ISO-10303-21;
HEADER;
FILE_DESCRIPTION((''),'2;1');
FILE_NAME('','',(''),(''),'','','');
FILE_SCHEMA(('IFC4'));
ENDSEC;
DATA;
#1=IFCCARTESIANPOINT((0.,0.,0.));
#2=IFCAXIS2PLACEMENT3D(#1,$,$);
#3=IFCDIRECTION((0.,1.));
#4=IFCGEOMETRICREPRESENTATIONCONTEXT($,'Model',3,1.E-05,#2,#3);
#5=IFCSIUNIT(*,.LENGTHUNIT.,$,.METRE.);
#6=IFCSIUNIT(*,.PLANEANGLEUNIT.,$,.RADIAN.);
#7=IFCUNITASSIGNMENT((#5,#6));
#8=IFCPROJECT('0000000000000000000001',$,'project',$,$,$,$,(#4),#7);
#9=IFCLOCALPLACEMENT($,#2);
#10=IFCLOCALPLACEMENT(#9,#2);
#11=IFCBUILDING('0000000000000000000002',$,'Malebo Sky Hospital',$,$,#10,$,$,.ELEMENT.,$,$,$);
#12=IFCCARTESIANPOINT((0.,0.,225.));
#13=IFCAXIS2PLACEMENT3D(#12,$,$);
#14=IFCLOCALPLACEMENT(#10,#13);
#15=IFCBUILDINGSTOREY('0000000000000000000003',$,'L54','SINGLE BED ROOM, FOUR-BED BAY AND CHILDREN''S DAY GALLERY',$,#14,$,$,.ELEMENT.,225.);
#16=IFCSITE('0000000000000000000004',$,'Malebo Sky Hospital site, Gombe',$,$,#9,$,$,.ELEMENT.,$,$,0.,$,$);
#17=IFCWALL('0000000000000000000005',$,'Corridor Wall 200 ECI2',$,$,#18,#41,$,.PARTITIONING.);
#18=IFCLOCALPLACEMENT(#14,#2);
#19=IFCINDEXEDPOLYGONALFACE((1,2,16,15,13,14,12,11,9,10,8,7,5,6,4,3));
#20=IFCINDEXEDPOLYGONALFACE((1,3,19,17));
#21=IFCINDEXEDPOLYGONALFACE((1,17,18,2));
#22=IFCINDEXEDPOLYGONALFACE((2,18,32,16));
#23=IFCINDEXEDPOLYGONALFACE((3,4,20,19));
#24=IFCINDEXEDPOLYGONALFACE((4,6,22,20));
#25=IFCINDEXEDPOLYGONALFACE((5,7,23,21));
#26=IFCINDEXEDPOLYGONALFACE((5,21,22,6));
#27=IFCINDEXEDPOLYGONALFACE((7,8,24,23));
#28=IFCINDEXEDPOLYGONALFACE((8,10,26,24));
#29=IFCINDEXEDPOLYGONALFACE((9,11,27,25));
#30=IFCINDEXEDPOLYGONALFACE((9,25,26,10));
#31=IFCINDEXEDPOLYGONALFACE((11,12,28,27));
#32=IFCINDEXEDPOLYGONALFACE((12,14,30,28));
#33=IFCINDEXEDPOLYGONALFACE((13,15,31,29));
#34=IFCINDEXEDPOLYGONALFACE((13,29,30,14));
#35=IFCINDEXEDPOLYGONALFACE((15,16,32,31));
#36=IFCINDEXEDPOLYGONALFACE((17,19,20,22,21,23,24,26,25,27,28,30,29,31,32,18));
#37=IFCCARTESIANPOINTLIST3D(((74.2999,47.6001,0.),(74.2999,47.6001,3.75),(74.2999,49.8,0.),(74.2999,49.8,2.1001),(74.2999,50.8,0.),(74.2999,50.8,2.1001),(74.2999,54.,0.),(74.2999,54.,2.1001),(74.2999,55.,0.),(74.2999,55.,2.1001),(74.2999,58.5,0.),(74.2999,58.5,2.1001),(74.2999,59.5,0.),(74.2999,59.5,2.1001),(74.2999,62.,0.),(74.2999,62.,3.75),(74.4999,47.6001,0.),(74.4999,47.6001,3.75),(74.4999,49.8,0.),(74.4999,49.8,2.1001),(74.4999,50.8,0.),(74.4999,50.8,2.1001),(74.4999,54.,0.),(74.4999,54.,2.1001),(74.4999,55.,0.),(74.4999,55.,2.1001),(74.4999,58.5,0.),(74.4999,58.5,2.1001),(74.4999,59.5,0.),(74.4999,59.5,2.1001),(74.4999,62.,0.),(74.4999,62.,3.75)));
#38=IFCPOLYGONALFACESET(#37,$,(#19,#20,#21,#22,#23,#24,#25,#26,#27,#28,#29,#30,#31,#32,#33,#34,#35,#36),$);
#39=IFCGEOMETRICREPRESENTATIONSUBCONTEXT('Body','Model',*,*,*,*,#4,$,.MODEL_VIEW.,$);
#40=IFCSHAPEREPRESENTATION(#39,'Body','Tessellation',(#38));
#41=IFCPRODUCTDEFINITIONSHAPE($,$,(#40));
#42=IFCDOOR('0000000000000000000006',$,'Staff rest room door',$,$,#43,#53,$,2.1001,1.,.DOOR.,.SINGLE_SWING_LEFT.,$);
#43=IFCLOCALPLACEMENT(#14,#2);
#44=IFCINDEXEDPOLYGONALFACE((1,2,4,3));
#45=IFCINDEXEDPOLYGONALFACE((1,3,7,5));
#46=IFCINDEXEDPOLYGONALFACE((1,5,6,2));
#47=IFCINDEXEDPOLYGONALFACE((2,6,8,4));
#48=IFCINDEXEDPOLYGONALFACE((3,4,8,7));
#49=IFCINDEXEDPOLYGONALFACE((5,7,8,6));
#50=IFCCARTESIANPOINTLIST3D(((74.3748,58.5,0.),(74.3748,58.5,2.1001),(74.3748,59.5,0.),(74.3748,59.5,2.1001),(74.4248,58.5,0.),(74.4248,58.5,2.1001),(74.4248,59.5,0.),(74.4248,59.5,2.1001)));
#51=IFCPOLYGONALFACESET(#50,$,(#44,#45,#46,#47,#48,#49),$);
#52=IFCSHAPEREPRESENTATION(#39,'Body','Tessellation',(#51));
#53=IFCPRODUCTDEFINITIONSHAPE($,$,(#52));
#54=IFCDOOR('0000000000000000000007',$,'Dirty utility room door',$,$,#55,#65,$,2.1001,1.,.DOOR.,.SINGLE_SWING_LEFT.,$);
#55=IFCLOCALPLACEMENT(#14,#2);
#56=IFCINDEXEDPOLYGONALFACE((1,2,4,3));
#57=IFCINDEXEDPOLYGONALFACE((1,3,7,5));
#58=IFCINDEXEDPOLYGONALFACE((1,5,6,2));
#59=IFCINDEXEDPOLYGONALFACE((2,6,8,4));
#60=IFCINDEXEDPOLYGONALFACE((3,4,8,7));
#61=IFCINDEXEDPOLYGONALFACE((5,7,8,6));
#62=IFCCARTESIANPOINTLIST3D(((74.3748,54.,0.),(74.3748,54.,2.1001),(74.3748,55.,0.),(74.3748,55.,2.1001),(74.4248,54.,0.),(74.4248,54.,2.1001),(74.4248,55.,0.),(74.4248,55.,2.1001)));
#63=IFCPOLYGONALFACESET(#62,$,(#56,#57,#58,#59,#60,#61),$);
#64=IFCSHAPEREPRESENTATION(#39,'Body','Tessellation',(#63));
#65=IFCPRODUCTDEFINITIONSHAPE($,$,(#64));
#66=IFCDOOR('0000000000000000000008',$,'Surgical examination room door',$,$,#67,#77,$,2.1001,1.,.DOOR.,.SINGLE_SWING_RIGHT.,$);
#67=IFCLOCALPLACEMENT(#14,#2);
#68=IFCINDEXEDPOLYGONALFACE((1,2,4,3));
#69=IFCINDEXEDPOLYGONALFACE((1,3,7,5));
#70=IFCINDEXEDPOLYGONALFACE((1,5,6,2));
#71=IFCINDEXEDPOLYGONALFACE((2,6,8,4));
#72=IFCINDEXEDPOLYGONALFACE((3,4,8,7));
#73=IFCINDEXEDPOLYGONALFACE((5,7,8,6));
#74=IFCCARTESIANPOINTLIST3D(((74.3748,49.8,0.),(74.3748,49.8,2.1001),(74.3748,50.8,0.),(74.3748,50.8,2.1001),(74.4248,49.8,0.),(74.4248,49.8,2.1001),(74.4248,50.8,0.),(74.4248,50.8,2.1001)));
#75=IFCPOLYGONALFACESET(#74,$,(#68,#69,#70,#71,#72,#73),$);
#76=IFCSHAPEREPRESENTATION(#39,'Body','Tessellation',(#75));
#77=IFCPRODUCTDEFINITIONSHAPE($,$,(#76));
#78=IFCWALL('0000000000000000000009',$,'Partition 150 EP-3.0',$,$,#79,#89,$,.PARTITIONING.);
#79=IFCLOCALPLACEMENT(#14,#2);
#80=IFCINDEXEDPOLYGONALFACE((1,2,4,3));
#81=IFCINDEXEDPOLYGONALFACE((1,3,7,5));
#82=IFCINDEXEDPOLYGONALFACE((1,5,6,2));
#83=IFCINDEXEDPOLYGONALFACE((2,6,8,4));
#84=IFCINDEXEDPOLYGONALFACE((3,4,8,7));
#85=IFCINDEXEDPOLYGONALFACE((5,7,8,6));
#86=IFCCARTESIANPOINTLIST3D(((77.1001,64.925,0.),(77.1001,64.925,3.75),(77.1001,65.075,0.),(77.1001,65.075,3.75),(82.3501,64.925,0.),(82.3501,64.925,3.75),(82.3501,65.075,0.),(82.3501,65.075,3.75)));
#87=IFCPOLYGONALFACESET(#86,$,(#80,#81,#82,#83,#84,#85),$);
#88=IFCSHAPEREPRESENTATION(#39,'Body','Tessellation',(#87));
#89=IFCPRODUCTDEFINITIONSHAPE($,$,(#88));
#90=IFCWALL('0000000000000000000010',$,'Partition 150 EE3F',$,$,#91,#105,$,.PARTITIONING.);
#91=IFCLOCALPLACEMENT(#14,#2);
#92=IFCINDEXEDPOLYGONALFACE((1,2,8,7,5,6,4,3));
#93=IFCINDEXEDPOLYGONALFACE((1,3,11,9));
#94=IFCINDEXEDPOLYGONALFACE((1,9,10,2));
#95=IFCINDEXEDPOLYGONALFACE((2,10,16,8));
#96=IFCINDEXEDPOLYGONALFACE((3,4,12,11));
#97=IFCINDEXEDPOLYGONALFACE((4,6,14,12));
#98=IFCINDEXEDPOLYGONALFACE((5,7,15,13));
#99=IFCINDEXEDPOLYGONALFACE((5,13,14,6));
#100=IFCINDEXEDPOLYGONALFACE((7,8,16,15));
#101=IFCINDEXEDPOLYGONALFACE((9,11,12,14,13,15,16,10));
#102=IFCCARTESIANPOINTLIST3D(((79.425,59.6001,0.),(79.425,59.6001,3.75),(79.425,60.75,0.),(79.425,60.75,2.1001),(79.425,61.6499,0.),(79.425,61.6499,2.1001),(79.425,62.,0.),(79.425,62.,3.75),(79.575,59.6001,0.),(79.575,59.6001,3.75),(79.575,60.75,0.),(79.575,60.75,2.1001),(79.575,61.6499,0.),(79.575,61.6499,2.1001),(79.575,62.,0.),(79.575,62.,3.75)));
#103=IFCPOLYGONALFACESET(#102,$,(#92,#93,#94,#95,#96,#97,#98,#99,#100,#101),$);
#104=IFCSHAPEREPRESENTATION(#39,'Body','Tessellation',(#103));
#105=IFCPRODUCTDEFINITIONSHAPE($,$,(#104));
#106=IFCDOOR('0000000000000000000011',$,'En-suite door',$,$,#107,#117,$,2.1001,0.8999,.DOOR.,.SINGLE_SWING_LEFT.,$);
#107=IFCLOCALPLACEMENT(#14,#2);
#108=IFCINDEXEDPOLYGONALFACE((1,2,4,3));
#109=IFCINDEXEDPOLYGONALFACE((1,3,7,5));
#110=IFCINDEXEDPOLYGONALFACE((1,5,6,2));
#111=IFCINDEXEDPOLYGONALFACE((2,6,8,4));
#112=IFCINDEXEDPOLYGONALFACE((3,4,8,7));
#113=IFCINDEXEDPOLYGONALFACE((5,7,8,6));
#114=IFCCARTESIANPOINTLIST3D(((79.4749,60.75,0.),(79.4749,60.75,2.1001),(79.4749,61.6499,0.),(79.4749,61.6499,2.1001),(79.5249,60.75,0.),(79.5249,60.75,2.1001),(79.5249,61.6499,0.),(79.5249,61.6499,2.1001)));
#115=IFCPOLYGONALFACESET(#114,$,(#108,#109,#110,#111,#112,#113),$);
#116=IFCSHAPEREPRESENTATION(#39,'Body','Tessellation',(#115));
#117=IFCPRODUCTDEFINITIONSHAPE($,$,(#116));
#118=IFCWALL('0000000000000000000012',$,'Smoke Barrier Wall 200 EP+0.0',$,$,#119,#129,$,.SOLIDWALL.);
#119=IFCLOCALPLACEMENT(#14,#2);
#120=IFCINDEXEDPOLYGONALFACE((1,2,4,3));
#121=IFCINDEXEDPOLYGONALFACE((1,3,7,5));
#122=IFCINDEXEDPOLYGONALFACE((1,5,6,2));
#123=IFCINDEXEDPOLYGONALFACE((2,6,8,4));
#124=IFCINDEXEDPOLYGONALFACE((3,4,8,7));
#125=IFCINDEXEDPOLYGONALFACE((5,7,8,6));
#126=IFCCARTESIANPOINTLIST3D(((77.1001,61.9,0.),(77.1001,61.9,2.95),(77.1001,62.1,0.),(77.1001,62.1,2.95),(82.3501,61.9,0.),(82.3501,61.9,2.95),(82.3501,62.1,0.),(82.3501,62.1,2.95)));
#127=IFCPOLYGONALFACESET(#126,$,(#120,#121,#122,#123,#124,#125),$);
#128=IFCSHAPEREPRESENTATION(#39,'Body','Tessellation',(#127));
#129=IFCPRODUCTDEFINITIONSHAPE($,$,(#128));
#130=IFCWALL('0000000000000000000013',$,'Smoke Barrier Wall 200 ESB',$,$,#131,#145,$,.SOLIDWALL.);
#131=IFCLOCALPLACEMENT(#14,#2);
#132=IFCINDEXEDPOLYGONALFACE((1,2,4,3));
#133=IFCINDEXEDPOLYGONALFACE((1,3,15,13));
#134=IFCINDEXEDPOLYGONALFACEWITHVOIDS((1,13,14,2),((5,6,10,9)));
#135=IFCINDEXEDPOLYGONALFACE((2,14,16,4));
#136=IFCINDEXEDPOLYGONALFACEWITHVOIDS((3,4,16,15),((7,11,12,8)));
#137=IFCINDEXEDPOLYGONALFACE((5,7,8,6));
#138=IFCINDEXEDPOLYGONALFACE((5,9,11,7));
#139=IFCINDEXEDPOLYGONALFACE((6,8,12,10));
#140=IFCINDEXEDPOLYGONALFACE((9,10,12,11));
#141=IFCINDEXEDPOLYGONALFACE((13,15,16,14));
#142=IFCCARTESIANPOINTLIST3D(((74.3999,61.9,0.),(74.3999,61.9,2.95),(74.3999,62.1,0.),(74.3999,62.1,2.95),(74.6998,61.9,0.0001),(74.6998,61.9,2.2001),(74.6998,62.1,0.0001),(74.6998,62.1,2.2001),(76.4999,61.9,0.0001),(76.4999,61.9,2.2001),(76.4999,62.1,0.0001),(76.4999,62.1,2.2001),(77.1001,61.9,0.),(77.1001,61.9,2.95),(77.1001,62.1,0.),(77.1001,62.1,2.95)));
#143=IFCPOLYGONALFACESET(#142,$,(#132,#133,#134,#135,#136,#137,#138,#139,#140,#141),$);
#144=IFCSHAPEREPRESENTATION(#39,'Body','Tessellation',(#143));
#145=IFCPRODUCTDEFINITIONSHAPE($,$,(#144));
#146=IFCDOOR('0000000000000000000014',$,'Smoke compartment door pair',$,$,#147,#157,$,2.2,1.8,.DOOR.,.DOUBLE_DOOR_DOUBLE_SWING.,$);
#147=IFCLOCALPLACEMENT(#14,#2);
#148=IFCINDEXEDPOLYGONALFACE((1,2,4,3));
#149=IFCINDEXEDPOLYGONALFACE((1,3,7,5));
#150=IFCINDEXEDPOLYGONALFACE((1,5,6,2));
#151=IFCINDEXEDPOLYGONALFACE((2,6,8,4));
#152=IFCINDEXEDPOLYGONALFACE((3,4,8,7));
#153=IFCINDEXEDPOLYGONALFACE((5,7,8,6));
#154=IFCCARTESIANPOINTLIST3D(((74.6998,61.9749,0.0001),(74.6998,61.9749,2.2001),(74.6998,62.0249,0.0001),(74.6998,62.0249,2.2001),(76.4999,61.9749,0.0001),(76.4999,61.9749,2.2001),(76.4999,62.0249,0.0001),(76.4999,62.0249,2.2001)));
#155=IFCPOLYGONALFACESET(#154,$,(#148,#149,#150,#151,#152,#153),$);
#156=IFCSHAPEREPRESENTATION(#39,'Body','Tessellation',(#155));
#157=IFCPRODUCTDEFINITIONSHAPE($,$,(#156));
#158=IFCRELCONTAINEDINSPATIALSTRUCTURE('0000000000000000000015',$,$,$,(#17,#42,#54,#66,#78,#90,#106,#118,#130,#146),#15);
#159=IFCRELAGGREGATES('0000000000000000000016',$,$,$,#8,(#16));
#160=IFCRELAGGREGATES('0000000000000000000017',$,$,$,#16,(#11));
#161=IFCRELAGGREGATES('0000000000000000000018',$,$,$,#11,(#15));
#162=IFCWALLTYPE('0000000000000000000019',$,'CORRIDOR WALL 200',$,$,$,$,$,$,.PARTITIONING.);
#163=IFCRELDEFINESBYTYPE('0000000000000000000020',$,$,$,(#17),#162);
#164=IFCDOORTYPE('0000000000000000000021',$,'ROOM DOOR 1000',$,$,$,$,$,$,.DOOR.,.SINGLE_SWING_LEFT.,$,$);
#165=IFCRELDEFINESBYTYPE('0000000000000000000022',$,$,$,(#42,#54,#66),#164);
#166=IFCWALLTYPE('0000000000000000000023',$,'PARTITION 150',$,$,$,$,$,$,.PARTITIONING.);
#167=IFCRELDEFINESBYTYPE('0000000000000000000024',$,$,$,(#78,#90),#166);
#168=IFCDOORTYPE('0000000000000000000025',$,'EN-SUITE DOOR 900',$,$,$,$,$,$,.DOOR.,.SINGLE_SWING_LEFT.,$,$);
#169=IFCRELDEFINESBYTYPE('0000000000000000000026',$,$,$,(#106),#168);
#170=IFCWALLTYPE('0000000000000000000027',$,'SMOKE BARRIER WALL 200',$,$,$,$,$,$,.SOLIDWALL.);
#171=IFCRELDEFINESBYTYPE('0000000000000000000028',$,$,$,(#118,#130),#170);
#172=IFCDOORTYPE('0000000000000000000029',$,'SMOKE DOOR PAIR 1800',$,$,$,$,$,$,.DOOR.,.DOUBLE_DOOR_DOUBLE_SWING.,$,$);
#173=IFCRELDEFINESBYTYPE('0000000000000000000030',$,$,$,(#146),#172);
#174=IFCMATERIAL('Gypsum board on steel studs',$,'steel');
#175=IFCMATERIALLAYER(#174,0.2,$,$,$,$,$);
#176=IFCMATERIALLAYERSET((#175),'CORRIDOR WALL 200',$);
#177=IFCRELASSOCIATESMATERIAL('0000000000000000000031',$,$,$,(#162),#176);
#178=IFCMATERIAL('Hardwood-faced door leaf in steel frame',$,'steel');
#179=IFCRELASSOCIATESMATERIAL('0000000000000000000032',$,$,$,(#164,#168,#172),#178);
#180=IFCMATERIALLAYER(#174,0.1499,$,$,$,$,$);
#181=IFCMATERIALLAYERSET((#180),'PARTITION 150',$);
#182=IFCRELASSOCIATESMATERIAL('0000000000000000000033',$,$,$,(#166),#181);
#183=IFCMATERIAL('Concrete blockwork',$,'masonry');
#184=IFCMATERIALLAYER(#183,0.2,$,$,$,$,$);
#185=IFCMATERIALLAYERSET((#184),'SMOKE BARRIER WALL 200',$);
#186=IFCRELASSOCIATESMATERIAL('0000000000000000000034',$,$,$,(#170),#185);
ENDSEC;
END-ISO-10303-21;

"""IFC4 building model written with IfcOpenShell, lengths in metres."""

from ifc_helpers import new_model, si_unit, direction, frame, frame_2d, origin, place, context, subcontext, project, spatial, rectangle, extrude, material, layer, layer_set, type_object, element, fill, save


model = new_model("IFC4")

# Units and contexts
model_context = context("Model", 3, precision=1e-05, world=origin(), true_north=direction((0.0, 1.0)))
body_context = subcontext(model_context, "Body", "Model", "MODEL_VIEW")
ifc_project = project(units=[si_unit("LENGTHUNIT", "METRE"), si_unit("PLANEANGLEUNIT", "RADIAN")], contexts=[model_context])

# Site, building, storey
site_placement = place(None, origin())
site = spatial("IfcSite", under=ifc_project, at=site_placement, Name="Malebo Sky Hospital site, Gombe", CompositionType="ELEMENT", RefElevation=0.0)
building_placement = place(site_placement, origin())
building = spatial("IfcBuilding", under=site, at=building_placement, Name="Malebo Sky Hospital", CompositionType="ELEMENT")
storey_placement = place(building_placement, frame((0.0, 0.0, 225.0)))
storey = spatial("IfcBuildingStorey", under=building, at=storey_placement, Name="L54", Description="SINGLE BED ROOM, FOUR-BED BAY AND CHILDREN'S DAY GALLERY", CompositionType="ELEMENT", Elevation=225.0)

# Wall, openings, doors
ifc_material_1 = material(Name="Gypsum board on steel studs", Category="steel")
ifc_layer_1 = layer(ifc_material_1, 0.2)
ifc_layer_set_1 = layer_set([ifc_layer_1], Name="CORRIDOR WALL 200")
wall_type_1 = type_object("IfcWallType", Name="CORRIDOR WALL 200", PredefinedType="PARTITIONING", material=ifc_layer_set_1)
wall_1_placement = place(storey_placement, frame((74.3999, 62.0, 0.0), z_axis=(0.0, 0.0, 1.0), x_axis=(0.0, -1.0, 0.0)))
wall_1 = element("IfcWall", 1, at=wall_1_placement, inside=storey, type_object=wall_type_1, Name="Corridor Wall 200 ECI2", PredefinedType="PARTITIONING", context=body_context, shape_type="SweptSolid", body=[
    extrude(rectangle(XDim=14.3999, YDim=0.2, at=frame_2d((7.2, 0.0))), origin(), (0.0, 0.0, 1.0), 3.75),
])
opening_1_placement = place(wall_1_placement, frame((2.5, 0.0, 0.0)))
opening_1 = element("IfcOpeningElement", 2, at=opening_1_placement, cuts=wall_1, PredefinedType="OPENING", context=body_context, shape_type="SweptSolid", body=[
    extrude(rectangle(XDim=1.0, YDim=2.1001, at=frame_2d((0.5, 1.05))), frame((0.0, 0.1099, 0.0), z_axis=(0.0, -1.0, 0.0), x_axis=(1.0, 0.0, 0.0)), (0.0, 0.0, 1.0), 0.22),
])
opening_2_placement = place(wall_1_placement, frame((7.0, 0.0, 0.0)))
opening_2 = element("IfcOpeningElement", 3, at=opening_2_placement, cuts=wall_1, PredefinedType="OPENING", context=body_context, shape_type="SweptSolid", body=[
    extrude(rectangle(XDim=1.0, YDim=2.1001, at=frame_2d((0.5, 1.05))), frame((0.0, 0.1099, 0.0), z_axis=(0.0, -1.0, 0.0), x_axis=(1.0, 0.0, 0.0)), (0.0, 0.0, 1.0), 0.22),
])
opening_3_placement = place(wall_1_placement, frame((11.2, 0.0, 0.0)))
opening_3 = element("IfcOpeningElement", 4, at=opening_3_placement, cuts=wall_1, PredefinedType="OPENING", context=body_context, shape_type="SweptSolid", body=[
    extrude(rectangle(XDim=1.0, YDim=2.1001, at=frame_2d((0.5, 1.05))), frame((0.0, 0.1099, 0.0), z_axis=(0.0, -1.0, 0.0), x_axis=(1.0, 0.0, 0.0)), (0.0, 0.0, 1.0), 0.22),
])
ifc_material_2 = material(Name="Hardwood-faced door leaf in steel frame", Category="steel")
door_type_1 = type_object("IfcDoorType", Name="ROOM DOOR 1000", OperationType="SINGLE_SWING_LEFT", PredefinedType="DOOR", material=ifc_material_2)
door_1_placement = place(opening_1_placement, origin())
door_1 = element("IfcDoor", 5, at=door_1_placement, inside=storey, type_object=door_type_1, Name="Staff rest room door", OperationType="SINGLE_SWING_LEFT", OverallHeight=2.1001, OverallWidth=1.0, PredefinedType="DOOR", context=body_context, shape_type="SweptSolid", body=[
    extrude(rectangle(XDim=1.0, YDim=2.1001, at=frame_2d((0.5, 1.05))), frame((0.0, 0.0249, 0.0), z_axis=(0.0, -1.0, 0.0), x_axis=(1.0, 0.0, 0.0)), (0.0, 0.0, 1.0), 0.05),
])
fill(opening_1, door_1)
door_2_placement = place(opening_2_placement, origin())
door_2 = element("IfcDoor", 6, at=door_2_placement, inside=storey, type_object=door_type_1, Name="Dirty utility room door", OperationType="SINGLE_SWING_LEFT", OverallHeight=2.1001, OverallWidth=1.0, PredefinedType="DOOR", context=body_context, shape_type="SweptSolid", body=[
    extrude(rectangle(XDim=1.0, YDim=2.1001, at=frame_2d((0.5, 1.05))), frame((0.0, 0.0249, 0.0), z_axis=(0.0, -1.0, 0.0), x_axis=(1.0, 0.0, 0.0)), (0.0, 0.0, 1.0), 0.05),
])
fill(opening_2, door_2)
door_3_placement = place(opening_3_placement, origin())
door_3 = element("IfcDoor", 7, at=door_3_placement, inside=storey, type_object=door_type_1, Name="Surgical examination room door", OperationType="SINGLE_SWING_RIGHT", OverallHeight=2.1001, OverallWidth=1.0, PredefinedType="DOOR", context=body_context, shape_type="SweptSolid", body=[
    extrude(rectangle(XDim=1.0, YDim=2.1001, at=frame_2d((0.5, 1.05))), frame((0.0, 0.0249, 0.0), z_axis=(0.0, -1.0, 0.0), x_axis=(1.0, 0.0, 0.0)), (0.0, 0.0, 1.0), 0.05),
])
fill(opening_3, door_3)

# Wall
ifc_layer_2 = layer(ifc_material_1, 0.1499)
ifc_layer_set_2 = layer_set([ifc_layer_2], Name="PARTITION 150")
wall_type_2 = type_object("IfcWallType", Name="PARTITION 150", PredefinedType="PARTITIONING", material=ifc_layer_set_2)
wall_2_placement = place(storey_placement, frame((77.1001, 65.0, 0.0), z_axis=(0.0, 0.0, 1.0), x_axis=(1.0, 0.0, 0.0)))
element("IfcWall", 8, at=wall_2_placement, inside=storey, type_object=wall_type_2, Name="Partition 150 EP-3.0", PredefinedType="PARTITIONING", context=body_context, shape_type="SweptSolid", body=[
    extrude(rectangle(XDim=5.25, YDim=0.1499, at=frame_2d((2.625, 0.0))), origin(), (0.0, 0.0, 1.0), 3.75),
])

# Wall, opening, door
wall_3_placement = place(storey_placement, frame((79.5, 62.0, 0.0), z_axis=(0.0, 0.0, 1.0), x_axis=(0.0, -1.0, 0.0)))
wall_3 = element("IfcWall", 9, at=wall_3_placement, inside=storey, type_object=wall_type_2, Name="Partition 150 EE3F", PredefinedType="PARTITIONING", context=body_context, shape_type="SweptSolid", body=[
    extrude(rectangle(XDim=2.3999, YDim=0.1499, at=frame_2d((1.2, 0.0))), origin(), (0.0, 0.0, 1.0), 3.75),
])
opening_4_placement = place(wall_3_placement, frame((0.3501, 0.0, 0.0)))
opening_4 = element("IfcOpeningElement", 10, at=opening_4_placement, cuts=wall_3, PredefinedType="OPENING", context=body_context, shape_type="SweptSolid", body=[
    extrude(rectangle(XDim=0.8999, YDim=2.1001, at=frame_2d((0.45, 1.05))), frame((0.0, 0.085, 0.0), z_axis=(0.0, -1.0, 0.0), x_axis=(1.0, 0.0, 0.0)), (0.0, 0.0, 1.0), 0.1699),
])
door_type_2 = type_object("IfcDoorType", Name="EN-SUITE DOOR 900", OperationType="SINGLE_SWING_LEFT", PredefinedType="DOOR", material=ifc_material_2)
door_4_placement = place(opening_4_placement, origin())
door_4 = element("IfcDoor", 11, at=door_4_placement, inside=storey, type_object=door_type_2, Name="En-suite door", OperationType="SINGLE_SWING_LEFT", OverallHeight=2.1001, OverallWidth=0.8999, PredefinedType="DOOR", context=body_context, shape_type="SweptSolid", body=[
    extrude(rectangle(XDim=0.8999, YDim=2.1001, at=frame_2d((0.45, 1.05))), frame((0.0, 0.0249, 0.0), z_axis=(0.0, -1.0, 0.0), x_axis=(1.0, 0.0, 0.0)), (0.0, 0.0, 1.0), 0.05),
])
fill(opening_4, door_4)

# Wall
ifc_material_3 = material(Name="Concrete blockwork", Category="masonry")
ifc_layer_3 = layer(ifc_material_3, 0.2)
ifc_layer_set_3 = layer_set([ifc_layer_3], Name="SMOKE BARRIER WALL 200")
wall_type_3 = type_object("IfcWallType", Name="SMOKE BARRIER WALL 200", PredefinedType="SOLIDWALL", material=ifc_layer_set_3)
wall_4_placement = place(storey_placement, frame((77.1001, 62.0, 0.0), z_axis=(0.0, 0.0, 1.0), x_axis=(1.0, 0.0, 0.0)))
element("IfcWall", 12, at=wall_4_placement, inside=storey, type_object=wall_type_3, Name="Smoke Barrier Wall 200 EP+0.0", PredefinedType="SOLIDWALL", context=body_context, shape_type="SweptSolid", body=[
    extrude(rectangle(XDim=5.25, YDim=0.2, at=frame_2d((2.625, 0.0))), origin(), (0.0, 0.0, 1.0), 2.95),
])

# Wall, opening, door
wall_5_placement = place(storey_placement, frame((74.3999, 62.0, 0.0), z_axis=(0.0, 0.0, 1.0), x_axis=(1.0, 0.0, 0.0)))
wall_5 = element("IfcWall", 13, at=wall_5_placement, inside=storey, type_object=wall_type_3, Name="Smoke Barrier Wall 200 ESB", PredefinedType="SOLIDWALL", context=body_context, shape_type="SweptSolid", body=[
    extrude(rectangle(XDim=2.7002, YDim=0.2, at=frame_2d((1.3501, 0.0))), origin(), (0.0, 0.0, 1.0), 2.95),
])
opening_5_placement = place(wall_5_placement, frame((0.3, 0.0, 0.0)))
opening_5 = element("IfcOpeningElement", 14, at=opening_5_placement, cuts=wall_5, PredefinedType="OPENING", context=body_context, shape_type="SweptSolid", body=[
    extrude(rectangle(XDim=1.8, YDim=2.2, at=frame_2d((0.8999, 1.1001))), frame((0.0, 0.1099, 0.0), z_axis=(0.0, -1.0, 0.0), x_axis=(1.0, 0.0, 0.0)), (0.0, 0.0, 1.0), 0.22),
])
door_type_3 = type_object("IfcDoorType", Name="SMOKE DOOR PAIR 1800", OperationType="DOUBLE_DOOR_DOUBLE_SWING", PredefinedType="DOOR", material=ifc_material_2)
door_5_placement = place(opening_5_placement, origin())
door_5 = element("IfcDoor", 15, at=door_5_placement, inside=storey, type_object=door_type_3, Name="Smoke compartment door pair", OperationType="DOUBLE_DOOR_DOUBLE_SWING", OverallHeight=2.2, OverallWidth=1.8, PredefinedType="DOOR", context=body_context, shape_type="SweptSolid", body=[
    extrude(rectangle(XDim=1.8, YDim=2.2, at=frame_2d((0.8999, 1.1001))), frame((0.0, 0.0249, 0.0), z_axis=(0.0, -1.0, 0.0), x_axis=(1.0, 0.0, 0.0)), (0.0, 0.0, 1.0), 0.05),
])
fill(opening_5, door_5)

save(model, "model.ifc")
